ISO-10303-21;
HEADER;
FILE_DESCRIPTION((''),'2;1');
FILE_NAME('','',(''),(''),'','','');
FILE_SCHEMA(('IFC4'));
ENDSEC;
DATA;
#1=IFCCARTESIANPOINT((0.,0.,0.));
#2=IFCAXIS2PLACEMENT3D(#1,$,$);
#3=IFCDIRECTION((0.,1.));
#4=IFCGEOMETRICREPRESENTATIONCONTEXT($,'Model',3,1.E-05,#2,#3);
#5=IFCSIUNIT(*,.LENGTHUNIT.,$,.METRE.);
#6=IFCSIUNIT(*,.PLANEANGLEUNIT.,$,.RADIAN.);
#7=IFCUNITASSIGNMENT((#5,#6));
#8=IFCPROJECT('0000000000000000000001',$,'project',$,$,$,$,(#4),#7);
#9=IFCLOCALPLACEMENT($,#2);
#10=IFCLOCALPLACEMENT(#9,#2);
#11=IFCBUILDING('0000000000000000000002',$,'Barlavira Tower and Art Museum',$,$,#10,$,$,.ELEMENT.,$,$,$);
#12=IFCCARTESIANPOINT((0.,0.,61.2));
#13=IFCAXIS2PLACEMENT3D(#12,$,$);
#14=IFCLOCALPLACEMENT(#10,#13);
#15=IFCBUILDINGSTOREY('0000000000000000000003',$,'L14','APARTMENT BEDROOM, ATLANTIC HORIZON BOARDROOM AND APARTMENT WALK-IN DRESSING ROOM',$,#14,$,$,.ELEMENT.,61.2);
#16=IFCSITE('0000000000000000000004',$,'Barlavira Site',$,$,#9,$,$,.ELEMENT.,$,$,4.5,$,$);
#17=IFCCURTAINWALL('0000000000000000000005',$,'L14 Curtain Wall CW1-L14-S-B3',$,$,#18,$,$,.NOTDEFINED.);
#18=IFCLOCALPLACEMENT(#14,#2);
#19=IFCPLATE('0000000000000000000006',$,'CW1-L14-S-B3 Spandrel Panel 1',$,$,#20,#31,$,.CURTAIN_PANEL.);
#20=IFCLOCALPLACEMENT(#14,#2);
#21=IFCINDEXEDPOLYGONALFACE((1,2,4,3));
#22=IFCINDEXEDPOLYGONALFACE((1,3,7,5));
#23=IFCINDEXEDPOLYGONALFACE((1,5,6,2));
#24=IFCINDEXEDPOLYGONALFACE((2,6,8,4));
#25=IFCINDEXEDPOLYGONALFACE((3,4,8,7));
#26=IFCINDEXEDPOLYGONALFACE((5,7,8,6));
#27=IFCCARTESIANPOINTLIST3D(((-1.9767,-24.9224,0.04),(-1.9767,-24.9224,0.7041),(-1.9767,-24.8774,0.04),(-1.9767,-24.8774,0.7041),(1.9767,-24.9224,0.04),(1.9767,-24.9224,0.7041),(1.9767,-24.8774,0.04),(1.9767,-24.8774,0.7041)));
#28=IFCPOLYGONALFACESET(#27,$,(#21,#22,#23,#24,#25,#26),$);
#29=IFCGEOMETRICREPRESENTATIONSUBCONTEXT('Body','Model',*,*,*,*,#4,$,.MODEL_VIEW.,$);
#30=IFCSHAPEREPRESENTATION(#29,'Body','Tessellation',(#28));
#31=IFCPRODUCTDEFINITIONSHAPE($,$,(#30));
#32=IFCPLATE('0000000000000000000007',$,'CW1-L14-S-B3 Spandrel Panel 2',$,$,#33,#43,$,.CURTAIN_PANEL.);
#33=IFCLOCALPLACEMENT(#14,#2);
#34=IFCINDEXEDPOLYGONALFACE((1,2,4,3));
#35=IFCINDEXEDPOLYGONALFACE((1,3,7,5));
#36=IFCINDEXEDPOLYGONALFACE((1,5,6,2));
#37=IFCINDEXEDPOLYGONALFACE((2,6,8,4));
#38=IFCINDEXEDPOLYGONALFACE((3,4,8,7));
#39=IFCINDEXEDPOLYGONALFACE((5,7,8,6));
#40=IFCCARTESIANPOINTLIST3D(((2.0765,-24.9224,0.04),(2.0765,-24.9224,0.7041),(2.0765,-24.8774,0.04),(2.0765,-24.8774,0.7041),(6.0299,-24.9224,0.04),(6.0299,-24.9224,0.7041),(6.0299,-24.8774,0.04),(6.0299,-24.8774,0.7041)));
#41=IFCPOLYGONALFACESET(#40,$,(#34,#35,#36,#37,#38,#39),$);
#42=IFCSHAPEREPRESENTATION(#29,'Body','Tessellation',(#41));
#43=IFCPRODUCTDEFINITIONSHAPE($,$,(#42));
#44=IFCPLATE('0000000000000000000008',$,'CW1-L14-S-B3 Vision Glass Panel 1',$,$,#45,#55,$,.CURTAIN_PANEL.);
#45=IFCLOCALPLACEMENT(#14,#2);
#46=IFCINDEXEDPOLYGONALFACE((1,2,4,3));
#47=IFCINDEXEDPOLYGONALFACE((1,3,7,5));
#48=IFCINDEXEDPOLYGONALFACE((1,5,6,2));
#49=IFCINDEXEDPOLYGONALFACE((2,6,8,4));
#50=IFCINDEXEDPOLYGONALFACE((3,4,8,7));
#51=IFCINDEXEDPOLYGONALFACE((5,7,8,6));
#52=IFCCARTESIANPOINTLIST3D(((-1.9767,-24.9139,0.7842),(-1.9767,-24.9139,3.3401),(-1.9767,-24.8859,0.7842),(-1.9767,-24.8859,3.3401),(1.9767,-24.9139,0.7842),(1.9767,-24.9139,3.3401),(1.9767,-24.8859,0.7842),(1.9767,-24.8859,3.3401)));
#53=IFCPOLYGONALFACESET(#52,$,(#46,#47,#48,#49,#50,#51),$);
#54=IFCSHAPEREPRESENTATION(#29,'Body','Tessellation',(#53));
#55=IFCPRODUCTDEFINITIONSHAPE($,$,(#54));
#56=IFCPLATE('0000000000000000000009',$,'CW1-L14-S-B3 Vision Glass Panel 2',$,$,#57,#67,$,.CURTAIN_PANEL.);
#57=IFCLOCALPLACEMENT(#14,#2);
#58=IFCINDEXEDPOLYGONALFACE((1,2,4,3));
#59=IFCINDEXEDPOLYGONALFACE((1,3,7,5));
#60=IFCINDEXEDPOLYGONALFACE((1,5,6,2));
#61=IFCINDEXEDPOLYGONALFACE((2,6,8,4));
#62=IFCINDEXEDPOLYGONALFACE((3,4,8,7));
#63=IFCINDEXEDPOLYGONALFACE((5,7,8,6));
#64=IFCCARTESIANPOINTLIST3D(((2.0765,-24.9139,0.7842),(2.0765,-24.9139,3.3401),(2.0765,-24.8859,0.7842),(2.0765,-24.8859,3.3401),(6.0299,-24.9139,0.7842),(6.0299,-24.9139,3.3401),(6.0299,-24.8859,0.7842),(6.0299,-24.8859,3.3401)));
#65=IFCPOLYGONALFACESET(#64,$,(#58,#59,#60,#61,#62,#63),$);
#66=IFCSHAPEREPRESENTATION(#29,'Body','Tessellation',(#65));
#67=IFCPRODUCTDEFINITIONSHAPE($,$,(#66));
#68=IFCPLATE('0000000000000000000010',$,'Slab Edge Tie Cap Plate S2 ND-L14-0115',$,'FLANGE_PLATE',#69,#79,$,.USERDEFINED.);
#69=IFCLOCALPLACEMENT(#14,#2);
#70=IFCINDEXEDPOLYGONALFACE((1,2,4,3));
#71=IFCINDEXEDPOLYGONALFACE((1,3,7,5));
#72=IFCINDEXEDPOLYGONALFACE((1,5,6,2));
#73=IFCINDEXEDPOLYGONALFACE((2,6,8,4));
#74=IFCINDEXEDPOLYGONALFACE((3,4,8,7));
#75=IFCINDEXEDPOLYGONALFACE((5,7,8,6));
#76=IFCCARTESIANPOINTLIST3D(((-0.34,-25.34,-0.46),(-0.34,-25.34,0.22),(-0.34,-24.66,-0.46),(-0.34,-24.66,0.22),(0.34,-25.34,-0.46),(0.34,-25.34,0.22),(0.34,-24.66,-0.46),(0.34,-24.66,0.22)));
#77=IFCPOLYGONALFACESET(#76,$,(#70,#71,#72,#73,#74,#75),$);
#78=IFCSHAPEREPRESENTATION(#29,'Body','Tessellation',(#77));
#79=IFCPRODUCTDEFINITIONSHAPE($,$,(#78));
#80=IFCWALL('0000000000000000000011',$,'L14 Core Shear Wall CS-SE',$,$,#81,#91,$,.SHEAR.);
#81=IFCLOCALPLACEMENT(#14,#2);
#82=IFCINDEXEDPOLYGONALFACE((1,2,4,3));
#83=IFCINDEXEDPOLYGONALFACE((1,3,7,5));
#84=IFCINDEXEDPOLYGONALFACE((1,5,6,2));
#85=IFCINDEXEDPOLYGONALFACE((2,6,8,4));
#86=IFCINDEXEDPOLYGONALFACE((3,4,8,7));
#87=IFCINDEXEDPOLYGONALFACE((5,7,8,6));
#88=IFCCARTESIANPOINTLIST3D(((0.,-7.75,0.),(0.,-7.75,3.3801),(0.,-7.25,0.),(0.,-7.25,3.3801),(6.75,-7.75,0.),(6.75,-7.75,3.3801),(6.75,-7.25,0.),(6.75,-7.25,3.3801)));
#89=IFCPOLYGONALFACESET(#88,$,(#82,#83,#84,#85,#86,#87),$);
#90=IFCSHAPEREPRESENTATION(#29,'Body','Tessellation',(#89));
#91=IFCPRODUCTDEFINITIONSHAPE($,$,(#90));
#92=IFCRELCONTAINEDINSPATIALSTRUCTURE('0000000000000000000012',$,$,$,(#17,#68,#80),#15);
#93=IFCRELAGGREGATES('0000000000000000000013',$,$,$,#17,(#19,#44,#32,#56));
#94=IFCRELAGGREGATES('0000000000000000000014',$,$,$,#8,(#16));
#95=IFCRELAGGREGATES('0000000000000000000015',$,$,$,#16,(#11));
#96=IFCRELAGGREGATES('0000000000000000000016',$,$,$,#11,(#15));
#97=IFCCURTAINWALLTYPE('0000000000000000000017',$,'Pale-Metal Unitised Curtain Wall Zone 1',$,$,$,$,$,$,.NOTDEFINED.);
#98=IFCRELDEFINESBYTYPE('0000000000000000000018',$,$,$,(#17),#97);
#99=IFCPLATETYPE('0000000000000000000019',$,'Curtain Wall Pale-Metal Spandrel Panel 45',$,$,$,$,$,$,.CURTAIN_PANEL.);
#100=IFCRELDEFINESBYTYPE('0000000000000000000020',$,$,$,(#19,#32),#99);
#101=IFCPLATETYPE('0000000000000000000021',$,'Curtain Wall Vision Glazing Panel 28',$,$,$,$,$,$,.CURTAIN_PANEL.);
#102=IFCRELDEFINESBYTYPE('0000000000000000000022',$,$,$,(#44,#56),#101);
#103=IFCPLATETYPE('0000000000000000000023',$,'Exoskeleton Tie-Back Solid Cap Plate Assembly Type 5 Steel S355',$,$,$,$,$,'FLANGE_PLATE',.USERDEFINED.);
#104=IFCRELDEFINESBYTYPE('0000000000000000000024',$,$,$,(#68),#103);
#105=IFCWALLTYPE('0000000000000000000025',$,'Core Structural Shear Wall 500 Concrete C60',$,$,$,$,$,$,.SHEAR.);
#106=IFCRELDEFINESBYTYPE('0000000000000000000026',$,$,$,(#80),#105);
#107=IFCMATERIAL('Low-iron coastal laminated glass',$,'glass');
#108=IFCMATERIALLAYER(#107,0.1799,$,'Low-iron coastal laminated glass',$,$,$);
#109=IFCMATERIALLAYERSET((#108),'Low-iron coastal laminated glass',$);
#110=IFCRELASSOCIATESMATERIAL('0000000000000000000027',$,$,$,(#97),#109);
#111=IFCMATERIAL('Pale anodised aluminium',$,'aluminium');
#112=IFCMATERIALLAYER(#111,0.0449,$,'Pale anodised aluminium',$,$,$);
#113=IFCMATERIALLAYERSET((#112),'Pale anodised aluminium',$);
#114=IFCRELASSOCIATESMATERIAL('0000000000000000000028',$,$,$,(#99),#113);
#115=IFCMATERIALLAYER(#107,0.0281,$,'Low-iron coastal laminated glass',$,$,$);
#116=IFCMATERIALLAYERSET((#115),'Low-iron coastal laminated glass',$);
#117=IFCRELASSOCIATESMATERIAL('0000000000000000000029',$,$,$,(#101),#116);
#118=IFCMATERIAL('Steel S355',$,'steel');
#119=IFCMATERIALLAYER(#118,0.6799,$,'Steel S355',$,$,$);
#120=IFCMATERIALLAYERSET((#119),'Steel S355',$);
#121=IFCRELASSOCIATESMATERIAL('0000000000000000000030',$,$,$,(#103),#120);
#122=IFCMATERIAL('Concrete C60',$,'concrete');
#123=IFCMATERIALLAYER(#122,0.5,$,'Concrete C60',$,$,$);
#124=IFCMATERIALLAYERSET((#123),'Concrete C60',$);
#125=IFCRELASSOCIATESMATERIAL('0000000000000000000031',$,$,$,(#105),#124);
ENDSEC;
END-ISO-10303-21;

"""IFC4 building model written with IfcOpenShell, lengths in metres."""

from ifc_helpers import new_model, si_unit, direction, frame, frame_2d, origin, origin_2d, place, context, subcontext, project, spatial, rectangle, extrude, material, layer, layer_set, type_object, element, aggregate, save


model = new_model("IFC4")

# Units and contexts
model_context = context("Model", 3, precision=1e-05, world=origin(), true_north=direction((0.0, 1.0)))
body_context = subcontext(model_context, "Body", "Model", "MODEL_VIEW")
ifc_project = project(units=[si_unit("LENGTHUNIT", "METRE"), si_unit("PLANEANGLEUNIT", "RADIAN")], contexts=[model_context])

# Site, building, storey
site_placement = place(None, origin())
site = spatial("IfcSite", under=ifc_project, at=site_placement, Name="Barlavira Site", CompositionType="ELEMENT", RefElevation=4.5)
building_placement = place(site_placement, origin())
building = spatial("IfcBuilding", under=site, at=building_placement, Name="Barlavira Tower and Art Museum", CompositionType="ELEMENT")
storey_placement = place(building_placement, frame((0.0, 0.0, 61.2)))
storey = spatial("IfcBuildingStorey", under=building, at=storey_placement, Name="L14", Description="APARTMENT BEDROOM, ATLANTIC HORIZON BOARDROOM AND APARTMENT WALK-IN DRESSING ROOM", CompositionType="ELEMENT", Elevation=61.2)

# Shared definitions
ifc_material_1 = material(Name="Steel S355", Category="steel")
ifc_material_2 = material(Name="Concrete C60", Category="concrete")

# Curtain wall
ifc_material_3 = material(Name="Low-iron coastal laminated glass", Category="glass")
ifc_layer_1 = layer(ifc_material_3, 0.1799, Name="Low-iron coastal laminated glass")
ifc_layer_set_1 = layer_set([ifc_layer_1], Name="Low-iron coastal laminated glass")
curtain_wall_type = type_object("IfcCurtainWallType", Name="Pale-Metal Unitised Curtain Wall Zone 1", PredefinedType="NOTDEFINED", material=ifc_layer_set_1)
curtain_wall_placement = place(storey_placement, origin())
curtain_wall = element("IfcCurtainWall", 1, at=curtain_wall_placement, inside=storey, type_object=curtain_wall_type, Name="L14 Curtain Wall CW1-L14-S-B3", PredefinedType="NOTDEFINED")
ifc_material_4 = material(Name="Pale anodised aluminium", Category="aluminium")

# Plates
ifc_layer_2 = layer(ifc_material_4, 0.0449, Name="Pale anodised aluminium")
ifc_layer_set_2 = layer_set([ifc_layer_2], Name="Pale anodised aluminium")
plate_type_1 = type_object("IfcPlateType", Name="Curtain Wall Pale-Metal Spandrel Panel 45", PredefinedType="CURTAIN_PANEL", material=ifc_layer_set_2)
plate_1_placement = place(storey_placement, frame((0.0, -24.8999, 0.04), z_axis=(0.0, 0.0, 1.0), x_axis=(1.0, 0.0, 0.0)))
plate_1 = element("IfcPlate", 2, at=plate_1_placement, type_object=plate_type_1, Name="CW1-L14-S-B3 Spandrel Panel 1", PredefinedType="CURTAIN_PANEL", context=body_context, shape_type="SweptSolid", body=[
    extrude(rectangle(XDim=3.9534, YDim=0.0449, at=origin_2d()), origin(), (0.0, 0.0, 1.0), 0.6641),
])
plate_2_placement = place(storey_placement, frame((4.0532, -24.8999, 0.04), z_axis=(0.0, 0.0, 1.0), x_axis=(1.0, 0.0, 0.0)))
plate_2 = element("IfcPlate", 3, at=plate_2_placement, type_object=plate_type_1, Name="CW1-L14-S-B3 Spandrel Panel 2", PredefinedType="CURTAIN_PANEL", context=body_context, shape_type="SweptSolid", body=[
    extrude(rectangle(XDim=3.9534, YDim=0.0449, at=origin_2d()), origin(), (0.0, 0.0, 1.0), 0.6641),
])
ifc_layer_3 = layer(ifc_material_3, 0.0281, Name="Low-iron coastal laminated glass")
ifc_layer_set_3 = layer_set([ifc_layer_3], Name="Low-iron coastal laminated glass")
plate_type_2 = type_object("IfcPlateType", Name="Curtain Wall Vision Glazing Panel 28", PredefinedType="CURTAIN_PANEL", material=ifc_layer_set_3)
plate_3_placement = place(storey_placement, frame((0.0, -24.8999, 0.7842), z_axis=(0.0, 0.0, 1.0), x_axis=(1.0, 0.0, 0.0)))
plate_3 = element("IfcPlate", 4, at=plate_3_placement, type_object=plate_type_2, Name="CW1-L14-S-B3 Vision Glass Panel 1", PredefinedType="CURTAIN_PANEL", context=body_context, shape_type="SweptSolid", body=[
    extrude(rectangle(XDim=3.9534, YDim=0.0281, at=origin_2d()), origin(), (0.0, 0.0, 1.0), 2.5559),
])
plate_4_placement = place(storey_placement, frame((4.0532, -24.8999, 0.7842), z_axis=(0.0, 0.0, 1.0), x_axis=(1.0, 0.0, 0.0)))
plate_4 = element("IfcPlate", 5, at=plate_4_placement, type_object=plate_type_2, Name="CW1-L14-S-B3 Vision Glass Panel 2", PredefinedType="CURTAIN_PANEL", context=body_context, shape_type="SweptSolid", body=[
    extrude(rectangle(XDim=3.9534, YDim=0.0281, at=origin_2d()), origin(), (0.0, 0.0, 1.0), 2.5559),
])
aggregate(curtain_wall, [plate_1, plate_3, plate_2, plate_4])
ifc_layer_4 = layer(ifc_material_1, 0.6799, Name="Steel S355")
ifc_layer_set_4 = layer_set([ifc_layer_4], Name="Steel S355")
plate_type_3 = type_object("IfcPlateType", Name="Exoskeleton Tie-Back Solid Cap Plate Assembly Type 5 Steel S355", ElementType="FLANGE_PLATE", PredefinedType="USERDEFINED", material=ifc_layer_set_4)
plate_5_placement = place(storey_placement, frame((0.0, -25.0, -0.46), z_axis=(0.0, 0.0, 1.0), x_axis=(1.0, 0.0, 0.0)))
element("IfcPlate", 6, at=plate_5_placement, inside=storey, type_object=plate_type_3, Name="Slab Edge Tie Cap Plate S2 ND-L14-0115", ObjectType="FLANGE_PLATE", PredefinedType="USERDEFINED", context=body_context, shape_type="SweptSolid", body=[
    extrude(rectangle(XDim=0.6799, YDim=0.6799, at=origin_2d()), origin(), (0.0, 0.0, 1.0), 0.6799),
])

# Wall
ifc_layer_5 = layer(ifc_material_2, 0.5, Name="Concrete C60")
ifc_layer_set_5 = layer_set([ifc_layer_5], Name="Concrete C60")
wall_type = type_object("IfcWallType", Name="Core Structural Shear Wall 500 Concrete C60", PredefinedType="SHEAR", material=ifc_layer_set_5)
wall_placement = place(storey_placement, frame((0.0, -7.5, 0.0), z_axis=(0.0, 0.0, 1.0), x_axis=(1.0, 0.0, 0.0)))
element("IfcWall", 7, at=wall_placement, inside=storey, type_object=wall_type, Name="L14 Core Shear Wall CS-SE", PredefinedType="SHEAR", context=body_context, shape_type="SweptSolid", body=[
    extrude(rectangle(XDim=6.75, YDim=0.5, at=frame_2d((3.375, 0.0))), origin(), (0.0, 0.0, 1.0), 3.3801),
])

save(model, "model.ifc")
